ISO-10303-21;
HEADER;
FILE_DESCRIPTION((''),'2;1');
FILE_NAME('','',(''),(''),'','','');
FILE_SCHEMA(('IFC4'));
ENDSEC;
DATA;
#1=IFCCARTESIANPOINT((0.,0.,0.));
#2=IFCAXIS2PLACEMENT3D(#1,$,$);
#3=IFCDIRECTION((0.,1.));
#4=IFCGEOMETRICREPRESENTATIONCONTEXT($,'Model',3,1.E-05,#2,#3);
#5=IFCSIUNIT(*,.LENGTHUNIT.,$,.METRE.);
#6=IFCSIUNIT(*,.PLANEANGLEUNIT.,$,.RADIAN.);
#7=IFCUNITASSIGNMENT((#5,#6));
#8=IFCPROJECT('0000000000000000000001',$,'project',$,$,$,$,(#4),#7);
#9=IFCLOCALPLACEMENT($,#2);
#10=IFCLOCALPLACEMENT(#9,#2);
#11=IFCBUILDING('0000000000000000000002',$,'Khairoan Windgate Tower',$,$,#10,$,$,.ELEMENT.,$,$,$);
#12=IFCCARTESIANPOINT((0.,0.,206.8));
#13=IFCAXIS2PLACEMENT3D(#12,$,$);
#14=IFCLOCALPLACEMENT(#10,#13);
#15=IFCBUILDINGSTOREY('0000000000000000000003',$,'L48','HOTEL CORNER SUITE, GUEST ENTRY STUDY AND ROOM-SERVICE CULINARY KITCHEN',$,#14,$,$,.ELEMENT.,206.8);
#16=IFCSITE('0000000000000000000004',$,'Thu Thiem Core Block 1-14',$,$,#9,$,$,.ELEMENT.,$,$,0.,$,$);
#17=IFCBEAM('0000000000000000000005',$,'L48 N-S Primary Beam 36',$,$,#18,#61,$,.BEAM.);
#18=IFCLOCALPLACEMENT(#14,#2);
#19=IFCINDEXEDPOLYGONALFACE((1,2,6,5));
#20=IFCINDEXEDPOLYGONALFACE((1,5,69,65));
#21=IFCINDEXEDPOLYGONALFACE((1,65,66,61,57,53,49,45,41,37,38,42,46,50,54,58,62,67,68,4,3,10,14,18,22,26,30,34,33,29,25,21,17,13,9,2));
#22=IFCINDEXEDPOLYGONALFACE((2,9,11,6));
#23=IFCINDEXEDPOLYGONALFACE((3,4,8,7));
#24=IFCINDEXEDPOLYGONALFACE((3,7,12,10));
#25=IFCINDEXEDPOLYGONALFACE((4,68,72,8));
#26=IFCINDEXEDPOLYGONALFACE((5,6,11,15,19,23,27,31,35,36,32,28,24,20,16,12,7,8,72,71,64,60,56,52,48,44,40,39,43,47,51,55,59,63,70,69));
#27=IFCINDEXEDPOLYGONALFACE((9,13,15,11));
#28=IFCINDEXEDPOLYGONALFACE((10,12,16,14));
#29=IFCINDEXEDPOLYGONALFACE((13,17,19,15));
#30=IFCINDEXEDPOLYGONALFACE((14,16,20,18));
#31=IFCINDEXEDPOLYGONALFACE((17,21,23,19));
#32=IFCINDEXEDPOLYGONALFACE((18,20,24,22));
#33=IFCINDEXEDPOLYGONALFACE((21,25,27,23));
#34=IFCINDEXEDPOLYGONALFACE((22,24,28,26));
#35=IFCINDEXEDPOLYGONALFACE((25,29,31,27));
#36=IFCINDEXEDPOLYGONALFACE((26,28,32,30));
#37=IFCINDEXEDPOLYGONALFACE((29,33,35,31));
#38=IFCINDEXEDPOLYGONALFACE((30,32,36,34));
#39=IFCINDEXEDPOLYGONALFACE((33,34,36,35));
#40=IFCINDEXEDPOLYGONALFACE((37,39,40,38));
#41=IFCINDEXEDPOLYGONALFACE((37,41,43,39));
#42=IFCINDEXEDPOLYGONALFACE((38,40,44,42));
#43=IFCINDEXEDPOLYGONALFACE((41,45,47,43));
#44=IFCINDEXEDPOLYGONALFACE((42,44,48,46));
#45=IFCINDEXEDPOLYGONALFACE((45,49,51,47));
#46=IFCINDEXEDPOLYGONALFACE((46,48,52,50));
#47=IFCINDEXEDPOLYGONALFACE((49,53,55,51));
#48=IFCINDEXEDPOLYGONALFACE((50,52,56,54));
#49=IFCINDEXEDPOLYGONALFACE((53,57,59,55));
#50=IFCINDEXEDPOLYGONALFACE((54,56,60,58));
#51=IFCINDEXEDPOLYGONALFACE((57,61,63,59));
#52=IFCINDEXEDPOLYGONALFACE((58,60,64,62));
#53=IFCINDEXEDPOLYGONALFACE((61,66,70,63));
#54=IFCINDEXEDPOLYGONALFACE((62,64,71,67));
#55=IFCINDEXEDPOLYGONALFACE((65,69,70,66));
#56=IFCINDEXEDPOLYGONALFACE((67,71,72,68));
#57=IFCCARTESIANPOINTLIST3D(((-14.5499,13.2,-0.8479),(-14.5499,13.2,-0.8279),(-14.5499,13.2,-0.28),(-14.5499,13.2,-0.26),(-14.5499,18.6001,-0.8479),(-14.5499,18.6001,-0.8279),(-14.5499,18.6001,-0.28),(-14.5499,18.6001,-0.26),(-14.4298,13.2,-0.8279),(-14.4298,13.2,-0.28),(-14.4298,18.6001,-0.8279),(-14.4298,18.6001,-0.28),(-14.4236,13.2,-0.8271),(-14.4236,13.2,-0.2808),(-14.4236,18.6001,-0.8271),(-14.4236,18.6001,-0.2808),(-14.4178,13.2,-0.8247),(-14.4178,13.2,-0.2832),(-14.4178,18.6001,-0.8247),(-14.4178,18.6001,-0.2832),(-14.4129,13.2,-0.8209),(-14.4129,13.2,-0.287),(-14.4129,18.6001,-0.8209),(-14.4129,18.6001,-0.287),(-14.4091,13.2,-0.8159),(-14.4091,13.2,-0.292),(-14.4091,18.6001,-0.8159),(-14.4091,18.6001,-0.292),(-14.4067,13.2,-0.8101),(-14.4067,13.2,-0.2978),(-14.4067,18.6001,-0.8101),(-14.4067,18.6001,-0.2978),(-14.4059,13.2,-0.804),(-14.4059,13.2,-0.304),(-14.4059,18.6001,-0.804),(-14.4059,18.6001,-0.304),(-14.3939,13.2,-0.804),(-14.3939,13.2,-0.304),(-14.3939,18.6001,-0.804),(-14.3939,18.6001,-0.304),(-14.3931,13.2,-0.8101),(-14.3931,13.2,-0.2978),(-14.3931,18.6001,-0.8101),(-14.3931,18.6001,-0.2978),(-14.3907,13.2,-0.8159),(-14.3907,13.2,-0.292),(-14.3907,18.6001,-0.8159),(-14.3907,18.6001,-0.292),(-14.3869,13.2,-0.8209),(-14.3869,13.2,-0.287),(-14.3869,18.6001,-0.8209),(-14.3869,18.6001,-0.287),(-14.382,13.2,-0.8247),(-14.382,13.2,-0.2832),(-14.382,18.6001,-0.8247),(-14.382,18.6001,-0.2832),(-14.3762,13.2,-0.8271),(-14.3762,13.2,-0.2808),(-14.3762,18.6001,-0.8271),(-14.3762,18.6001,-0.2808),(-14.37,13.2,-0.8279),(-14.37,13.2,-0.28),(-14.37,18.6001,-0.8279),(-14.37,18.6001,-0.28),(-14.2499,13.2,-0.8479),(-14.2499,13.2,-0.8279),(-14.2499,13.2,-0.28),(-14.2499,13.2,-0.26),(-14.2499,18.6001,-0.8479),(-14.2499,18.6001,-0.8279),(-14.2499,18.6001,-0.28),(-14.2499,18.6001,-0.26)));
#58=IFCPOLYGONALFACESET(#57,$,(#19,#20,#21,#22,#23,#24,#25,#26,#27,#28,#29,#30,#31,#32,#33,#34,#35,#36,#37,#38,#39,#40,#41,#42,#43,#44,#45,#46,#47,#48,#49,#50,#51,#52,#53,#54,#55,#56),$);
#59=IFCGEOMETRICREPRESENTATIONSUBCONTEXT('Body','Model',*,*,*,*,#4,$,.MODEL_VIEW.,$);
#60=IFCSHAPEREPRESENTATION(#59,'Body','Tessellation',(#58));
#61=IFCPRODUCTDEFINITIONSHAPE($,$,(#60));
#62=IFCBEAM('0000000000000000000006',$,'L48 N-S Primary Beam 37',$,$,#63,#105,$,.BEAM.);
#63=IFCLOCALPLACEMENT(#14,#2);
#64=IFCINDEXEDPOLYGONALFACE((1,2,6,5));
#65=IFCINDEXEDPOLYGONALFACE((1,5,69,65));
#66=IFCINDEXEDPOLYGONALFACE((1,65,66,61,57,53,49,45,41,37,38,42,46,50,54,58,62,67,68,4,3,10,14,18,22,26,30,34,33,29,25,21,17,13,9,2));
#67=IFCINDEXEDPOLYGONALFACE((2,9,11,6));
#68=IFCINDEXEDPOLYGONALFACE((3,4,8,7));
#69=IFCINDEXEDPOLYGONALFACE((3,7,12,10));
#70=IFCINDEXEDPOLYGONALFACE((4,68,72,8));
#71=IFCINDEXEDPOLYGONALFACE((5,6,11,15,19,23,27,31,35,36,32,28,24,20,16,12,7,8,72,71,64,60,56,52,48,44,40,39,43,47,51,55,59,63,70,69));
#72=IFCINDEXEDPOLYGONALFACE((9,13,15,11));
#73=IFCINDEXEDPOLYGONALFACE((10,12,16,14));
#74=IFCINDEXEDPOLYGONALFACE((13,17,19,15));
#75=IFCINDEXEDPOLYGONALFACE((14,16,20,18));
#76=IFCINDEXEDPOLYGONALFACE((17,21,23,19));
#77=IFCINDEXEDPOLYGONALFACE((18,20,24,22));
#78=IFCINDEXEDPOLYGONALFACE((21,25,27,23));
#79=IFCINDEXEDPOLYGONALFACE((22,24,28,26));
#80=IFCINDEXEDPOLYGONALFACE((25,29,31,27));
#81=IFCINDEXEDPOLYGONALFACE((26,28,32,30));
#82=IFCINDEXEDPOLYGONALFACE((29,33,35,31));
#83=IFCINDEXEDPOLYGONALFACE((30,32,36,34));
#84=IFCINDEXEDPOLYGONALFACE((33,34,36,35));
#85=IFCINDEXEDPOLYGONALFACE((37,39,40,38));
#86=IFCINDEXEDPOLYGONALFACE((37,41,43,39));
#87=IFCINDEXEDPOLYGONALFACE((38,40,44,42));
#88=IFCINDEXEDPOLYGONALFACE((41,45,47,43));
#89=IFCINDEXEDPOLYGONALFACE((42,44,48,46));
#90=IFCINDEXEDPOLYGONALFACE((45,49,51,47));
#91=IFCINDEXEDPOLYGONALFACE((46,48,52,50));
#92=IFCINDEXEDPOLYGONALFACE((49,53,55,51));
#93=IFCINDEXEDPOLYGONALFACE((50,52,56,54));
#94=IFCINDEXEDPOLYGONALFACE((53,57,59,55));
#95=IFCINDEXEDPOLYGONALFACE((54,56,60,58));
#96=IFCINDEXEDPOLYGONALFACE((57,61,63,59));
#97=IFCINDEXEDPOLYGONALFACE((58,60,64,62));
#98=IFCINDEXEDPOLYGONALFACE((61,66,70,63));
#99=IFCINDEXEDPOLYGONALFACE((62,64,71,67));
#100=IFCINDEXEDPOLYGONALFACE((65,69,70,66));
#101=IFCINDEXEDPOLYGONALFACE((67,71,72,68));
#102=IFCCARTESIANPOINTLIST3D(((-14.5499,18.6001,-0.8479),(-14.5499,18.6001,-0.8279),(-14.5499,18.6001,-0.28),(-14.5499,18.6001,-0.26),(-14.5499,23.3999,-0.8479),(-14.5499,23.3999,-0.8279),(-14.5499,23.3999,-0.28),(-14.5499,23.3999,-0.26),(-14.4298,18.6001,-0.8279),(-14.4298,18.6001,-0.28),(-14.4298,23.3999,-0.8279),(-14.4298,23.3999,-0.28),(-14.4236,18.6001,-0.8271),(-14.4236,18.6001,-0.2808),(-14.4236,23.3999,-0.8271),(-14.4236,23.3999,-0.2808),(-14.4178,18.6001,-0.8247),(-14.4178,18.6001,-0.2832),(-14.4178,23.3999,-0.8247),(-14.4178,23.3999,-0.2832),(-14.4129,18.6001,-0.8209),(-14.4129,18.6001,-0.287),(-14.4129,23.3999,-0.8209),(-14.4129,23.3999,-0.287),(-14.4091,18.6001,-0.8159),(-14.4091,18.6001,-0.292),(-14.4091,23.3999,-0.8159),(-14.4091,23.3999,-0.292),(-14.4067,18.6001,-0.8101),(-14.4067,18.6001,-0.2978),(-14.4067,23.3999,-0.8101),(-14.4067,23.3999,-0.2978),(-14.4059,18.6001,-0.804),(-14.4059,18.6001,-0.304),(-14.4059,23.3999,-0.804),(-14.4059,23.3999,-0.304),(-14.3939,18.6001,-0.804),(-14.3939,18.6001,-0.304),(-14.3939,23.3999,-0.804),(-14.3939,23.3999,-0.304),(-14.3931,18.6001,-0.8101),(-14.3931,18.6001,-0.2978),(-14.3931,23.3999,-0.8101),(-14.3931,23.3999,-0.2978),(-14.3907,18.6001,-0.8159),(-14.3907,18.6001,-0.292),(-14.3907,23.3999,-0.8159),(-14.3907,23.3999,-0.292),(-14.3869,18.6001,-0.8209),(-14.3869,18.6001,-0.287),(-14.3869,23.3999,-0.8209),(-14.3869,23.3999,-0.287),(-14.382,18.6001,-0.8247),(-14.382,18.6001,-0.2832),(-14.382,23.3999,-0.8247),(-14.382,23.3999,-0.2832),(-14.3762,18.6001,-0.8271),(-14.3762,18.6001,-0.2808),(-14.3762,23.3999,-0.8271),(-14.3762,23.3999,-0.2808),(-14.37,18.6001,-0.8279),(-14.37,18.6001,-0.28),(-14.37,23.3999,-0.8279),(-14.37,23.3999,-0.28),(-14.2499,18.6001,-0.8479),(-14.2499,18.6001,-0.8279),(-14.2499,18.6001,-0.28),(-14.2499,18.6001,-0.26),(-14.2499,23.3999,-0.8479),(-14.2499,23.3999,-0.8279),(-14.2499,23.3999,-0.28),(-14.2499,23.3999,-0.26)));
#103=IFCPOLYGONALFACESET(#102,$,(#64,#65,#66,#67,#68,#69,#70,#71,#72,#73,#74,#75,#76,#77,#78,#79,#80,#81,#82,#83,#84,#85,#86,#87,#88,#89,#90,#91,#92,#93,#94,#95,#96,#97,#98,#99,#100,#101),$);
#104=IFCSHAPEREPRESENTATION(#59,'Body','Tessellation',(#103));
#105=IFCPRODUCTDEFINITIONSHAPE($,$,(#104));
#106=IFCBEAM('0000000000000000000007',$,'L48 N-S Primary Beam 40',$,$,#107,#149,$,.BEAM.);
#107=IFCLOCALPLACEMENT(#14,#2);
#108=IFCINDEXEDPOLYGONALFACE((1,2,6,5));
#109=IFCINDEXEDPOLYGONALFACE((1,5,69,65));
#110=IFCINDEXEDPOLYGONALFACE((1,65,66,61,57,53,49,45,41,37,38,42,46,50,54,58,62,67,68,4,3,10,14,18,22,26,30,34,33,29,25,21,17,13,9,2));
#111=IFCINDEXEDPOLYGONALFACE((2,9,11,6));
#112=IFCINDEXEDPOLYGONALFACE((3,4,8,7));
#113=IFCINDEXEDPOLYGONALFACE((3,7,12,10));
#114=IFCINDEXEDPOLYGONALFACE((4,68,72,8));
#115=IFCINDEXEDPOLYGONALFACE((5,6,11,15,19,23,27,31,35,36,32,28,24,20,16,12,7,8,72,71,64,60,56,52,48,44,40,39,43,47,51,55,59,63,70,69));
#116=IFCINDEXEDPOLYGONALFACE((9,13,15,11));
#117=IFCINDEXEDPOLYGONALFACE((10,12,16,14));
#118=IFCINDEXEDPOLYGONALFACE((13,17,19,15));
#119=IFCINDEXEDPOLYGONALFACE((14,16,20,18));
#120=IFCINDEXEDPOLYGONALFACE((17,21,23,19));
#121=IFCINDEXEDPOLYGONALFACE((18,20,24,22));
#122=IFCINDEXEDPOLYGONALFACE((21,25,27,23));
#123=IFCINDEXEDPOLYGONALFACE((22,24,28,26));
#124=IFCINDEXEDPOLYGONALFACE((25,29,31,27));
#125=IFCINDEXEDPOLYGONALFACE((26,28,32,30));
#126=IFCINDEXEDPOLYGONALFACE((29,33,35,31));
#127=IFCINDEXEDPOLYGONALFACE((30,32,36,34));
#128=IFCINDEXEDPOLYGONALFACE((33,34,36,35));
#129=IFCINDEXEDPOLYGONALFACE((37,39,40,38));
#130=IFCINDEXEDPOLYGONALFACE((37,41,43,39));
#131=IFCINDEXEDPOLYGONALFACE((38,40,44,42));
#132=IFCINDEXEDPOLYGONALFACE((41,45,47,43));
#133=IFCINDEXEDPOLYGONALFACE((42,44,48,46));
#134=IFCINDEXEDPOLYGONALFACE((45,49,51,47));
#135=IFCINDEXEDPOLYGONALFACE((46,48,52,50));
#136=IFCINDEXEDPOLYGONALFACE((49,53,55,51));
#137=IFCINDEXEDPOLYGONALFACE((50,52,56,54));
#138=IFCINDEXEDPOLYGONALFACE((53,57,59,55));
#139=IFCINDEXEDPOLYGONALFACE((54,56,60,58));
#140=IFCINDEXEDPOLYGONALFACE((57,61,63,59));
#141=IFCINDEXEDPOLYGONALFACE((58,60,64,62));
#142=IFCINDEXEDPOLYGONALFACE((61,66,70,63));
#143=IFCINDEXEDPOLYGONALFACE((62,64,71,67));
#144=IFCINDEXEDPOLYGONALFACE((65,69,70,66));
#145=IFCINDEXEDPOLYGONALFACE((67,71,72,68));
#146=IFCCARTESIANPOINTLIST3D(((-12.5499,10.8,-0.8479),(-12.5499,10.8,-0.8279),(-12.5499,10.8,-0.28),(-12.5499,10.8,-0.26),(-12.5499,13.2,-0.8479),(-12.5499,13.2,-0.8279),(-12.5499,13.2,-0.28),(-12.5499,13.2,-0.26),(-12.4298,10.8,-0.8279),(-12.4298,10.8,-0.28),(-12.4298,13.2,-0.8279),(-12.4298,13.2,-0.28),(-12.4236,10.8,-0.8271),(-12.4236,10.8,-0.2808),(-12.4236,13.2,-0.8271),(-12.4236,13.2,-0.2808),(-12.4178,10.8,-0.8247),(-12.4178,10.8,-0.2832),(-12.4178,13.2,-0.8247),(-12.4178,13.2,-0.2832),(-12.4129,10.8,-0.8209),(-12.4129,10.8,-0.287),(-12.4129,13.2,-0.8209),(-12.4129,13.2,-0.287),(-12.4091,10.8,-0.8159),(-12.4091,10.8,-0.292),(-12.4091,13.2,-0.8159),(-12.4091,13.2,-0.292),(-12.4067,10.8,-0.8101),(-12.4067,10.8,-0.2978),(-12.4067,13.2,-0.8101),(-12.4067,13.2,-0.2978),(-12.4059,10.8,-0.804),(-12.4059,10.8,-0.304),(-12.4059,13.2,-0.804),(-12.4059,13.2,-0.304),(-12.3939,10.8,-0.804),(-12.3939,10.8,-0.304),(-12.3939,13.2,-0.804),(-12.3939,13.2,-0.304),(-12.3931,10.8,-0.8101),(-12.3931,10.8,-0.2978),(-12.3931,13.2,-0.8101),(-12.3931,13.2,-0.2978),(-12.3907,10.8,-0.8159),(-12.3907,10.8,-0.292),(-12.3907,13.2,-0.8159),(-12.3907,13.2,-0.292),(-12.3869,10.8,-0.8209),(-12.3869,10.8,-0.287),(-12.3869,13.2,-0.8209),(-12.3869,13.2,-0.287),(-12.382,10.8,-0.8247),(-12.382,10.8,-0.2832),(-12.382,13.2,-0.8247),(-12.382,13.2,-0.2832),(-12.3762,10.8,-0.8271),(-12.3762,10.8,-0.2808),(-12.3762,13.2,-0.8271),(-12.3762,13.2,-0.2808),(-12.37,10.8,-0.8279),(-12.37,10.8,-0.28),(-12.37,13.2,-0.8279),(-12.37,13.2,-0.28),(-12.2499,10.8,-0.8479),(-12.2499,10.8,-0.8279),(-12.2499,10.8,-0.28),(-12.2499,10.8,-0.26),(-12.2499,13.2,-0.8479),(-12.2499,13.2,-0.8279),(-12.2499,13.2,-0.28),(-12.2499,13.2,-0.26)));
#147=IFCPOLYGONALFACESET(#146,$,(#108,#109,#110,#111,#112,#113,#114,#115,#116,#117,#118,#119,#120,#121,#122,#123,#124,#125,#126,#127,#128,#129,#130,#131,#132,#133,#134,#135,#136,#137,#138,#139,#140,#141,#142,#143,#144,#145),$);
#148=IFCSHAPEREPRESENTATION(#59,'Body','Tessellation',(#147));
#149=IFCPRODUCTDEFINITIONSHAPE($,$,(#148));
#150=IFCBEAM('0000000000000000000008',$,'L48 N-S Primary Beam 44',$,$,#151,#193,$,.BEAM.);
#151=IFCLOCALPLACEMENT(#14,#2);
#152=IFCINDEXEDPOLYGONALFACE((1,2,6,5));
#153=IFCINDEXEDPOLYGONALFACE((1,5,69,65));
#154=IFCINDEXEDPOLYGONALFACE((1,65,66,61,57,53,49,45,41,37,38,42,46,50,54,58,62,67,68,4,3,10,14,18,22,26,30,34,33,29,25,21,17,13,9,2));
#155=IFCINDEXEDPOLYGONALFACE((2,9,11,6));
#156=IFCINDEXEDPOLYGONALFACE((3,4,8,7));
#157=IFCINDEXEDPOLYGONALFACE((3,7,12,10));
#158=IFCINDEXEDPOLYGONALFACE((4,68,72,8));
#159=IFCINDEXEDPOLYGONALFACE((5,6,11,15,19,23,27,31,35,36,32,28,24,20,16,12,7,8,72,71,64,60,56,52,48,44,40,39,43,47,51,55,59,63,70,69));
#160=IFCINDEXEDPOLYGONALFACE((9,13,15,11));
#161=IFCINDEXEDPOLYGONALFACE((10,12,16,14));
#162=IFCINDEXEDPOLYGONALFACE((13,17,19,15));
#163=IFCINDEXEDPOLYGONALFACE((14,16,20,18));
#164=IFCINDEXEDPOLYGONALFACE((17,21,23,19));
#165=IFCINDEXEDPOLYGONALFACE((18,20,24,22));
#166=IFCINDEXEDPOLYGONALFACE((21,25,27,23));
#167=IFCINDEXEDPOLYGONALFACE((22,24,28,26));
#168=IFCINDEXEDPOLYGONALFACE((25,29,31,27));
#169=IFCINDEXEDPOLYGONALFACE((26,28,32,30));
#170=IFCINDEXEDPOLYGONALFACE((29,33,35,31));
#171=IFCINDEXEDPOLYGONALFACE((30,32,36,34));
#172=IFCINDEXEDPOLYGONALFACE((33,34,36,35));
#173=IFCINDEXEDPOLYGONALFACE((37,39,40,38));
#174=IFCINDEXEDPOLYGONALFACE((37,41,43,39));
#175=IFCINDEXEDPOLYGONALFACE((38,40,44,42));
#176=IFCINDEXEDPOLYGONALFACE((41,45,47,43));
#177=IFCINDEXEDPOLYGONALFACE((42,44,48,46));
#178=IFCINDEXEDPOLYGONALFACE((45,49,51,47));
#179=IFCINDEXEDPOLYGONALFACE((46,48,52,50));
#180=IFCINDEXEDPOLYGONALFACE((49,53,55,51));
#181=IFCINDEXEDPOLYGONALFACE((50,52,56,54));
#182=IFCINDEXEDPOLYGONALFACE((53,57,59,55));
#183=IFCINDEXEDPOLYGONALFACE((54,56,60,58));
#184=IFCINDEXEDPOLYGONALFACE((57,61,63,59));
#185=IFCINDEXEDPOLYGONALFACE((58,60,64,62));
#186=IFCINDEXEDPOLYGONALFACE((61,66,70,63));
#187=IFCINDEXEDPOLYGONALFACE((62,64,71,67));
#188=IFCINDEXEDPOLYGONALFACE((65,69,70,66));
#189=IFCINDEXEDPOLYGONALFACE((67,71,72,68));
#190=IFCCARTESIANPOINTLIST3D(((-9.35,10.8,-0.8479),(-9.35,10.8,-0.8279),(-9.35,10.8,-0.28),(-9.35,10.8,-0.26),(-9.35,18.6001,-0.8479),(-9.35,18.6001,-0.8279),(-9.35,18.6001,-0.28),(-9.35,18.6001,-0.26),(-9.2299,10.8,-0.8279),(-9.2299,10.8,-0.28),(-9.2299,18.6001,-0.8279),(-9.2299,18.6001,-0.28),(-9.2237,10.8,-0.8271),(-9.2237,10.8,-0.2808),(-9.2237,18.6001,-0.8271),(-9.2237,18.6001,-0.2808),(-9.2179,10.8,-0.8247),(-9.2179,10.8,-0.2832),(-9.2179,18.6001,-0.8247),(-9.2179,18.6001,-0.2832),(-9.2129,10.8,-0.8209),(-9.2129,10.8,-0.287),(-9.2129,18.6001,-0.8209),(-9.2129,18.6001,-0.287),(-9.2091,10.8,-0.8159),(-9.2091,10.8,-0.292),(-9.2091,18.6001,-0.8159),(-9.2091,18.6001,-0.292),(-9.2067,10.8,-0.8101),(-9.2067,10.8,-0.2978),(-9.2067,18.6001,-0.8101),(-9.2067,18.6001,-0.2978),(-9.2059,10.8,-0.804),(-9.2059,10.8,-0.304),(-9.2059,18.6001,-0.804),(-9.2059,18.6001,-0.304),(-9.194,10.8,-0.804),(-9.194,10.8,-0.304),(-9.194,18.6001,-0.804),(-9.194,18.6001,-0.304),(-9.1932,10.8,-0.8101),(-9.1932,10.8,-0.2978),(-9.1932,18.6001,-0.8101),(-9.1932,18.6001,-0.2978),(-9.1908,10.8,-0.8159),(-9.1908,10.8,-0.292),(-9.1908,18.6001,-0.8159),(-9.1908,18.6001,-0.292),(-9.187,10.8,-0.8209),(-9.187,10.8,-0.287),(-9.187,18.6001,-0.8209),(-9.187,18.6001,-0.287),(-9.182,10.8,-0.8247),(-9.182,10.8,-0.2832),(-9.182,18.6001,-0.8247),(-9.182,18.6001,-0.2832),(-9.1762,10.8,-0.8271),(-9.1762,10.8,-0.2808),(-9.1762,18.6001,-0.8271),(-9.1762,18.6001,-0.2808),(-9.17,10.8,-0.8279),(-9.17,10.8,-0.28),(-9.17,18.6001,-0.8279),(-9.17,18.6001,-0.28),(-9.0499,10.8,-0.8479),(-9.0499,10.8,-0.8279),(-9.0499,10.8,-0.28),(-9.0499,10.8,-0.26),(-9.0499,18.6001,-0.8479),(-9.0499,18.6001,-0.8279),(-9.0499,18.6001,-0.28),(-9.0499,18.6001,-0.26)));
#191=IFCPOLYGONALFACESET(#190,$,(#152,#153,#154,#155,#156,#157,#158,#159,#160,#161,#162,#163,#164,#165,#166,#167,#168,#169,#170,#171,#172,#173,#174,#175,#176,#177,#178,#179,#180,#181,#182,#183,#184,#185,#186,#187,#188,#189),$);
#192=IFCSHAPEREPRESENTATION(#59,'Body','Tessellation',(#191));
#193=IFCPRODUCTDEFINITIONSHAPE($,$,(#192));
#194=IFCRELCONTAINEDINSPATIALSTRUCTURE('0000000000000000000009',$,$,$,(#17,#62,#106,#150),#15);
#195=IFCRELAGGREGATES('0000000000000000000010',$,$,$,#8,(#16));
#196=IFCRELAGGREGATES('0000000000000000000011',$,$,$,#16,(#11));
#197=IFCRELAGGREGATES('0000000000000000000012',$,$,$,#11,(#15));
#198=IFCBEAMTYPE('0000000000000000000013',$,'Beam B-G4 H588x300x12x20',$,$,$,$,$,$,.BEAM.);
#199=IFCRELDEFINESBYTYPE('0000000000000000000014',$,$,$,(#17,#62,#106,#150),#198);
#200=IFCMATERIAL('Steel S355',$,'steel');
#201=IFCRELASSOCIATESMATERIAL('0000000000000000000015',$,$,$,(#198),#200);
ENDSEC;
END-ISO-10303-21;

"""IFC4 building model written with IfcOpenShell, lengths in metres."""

from ifc_helpers import new_model, si_unit, direction, frame, origin, origin_2d, place, context, subcontext, project, spatial, i_section, extrude, material, material_profile, profile_set, type_object, element, save


model = new_model("IFC4")

# Units and contexts
model_context = context("Model", 3, precision=1e-05, world=origin(), true_north=direction((0.0, 1.0)))
body_context = subcontext(model_context, "Body", "Model", "MODEL_VIEW")
ifc_project = project(units=[si_unit("LENGTHUNIT", "METRE"), si_unit("PLANEANGLEUNIT", "RADIAN")], contexts=[model_context])

# Site, building, storey
site_placement = place(None, origin())
site = spatial("IfcSite", under=ifc_project, at=site_placement, Name="Thu Thiem Core Block 1-14", CompositionType="ELEMENT", RefElevation=0.0)
building_placement = place(site_placement, origin())
building = spatial("IfcBuilding", under=site, at=building_placement, Name="Khairoan Windgate Tower", CompositionType="ELEMENT")
storey_placement = place(building_placement, frame((0.0, 0.0, 206.8)))
storey = spatial("IfcBuildingStorey", under=building, at=storey_placement, Name="L48", Description="HOTEL CORNER SUITE, GUEST ENTRY STUDY AND ROOM-SERVICE CULINARY KITCHEN", CompositionType="ELEMENT", Elevation=206.8)

# Beams
ifc_material_1 = material(Name="Steel S355", Category="steel")
ifc_material_profile_1 = material_profile(ifc_material_1, i_section(OverallWidth=0.3, OverallDepth=0.5879, WebThickness=0.012, FlangeThickness=0.02, FilletRadius=0.0239, at=origin_2d()))
ifc_profile_set_1 = profile_set([ifc_material_profile_1], Name="Steel S355")
beam_type_1 = type_object("IfcBeamType", Name="Beam B-G4 H588x300x12x20", PredefinedType="BEAM", material=ifc_profile_set_1)
beam_1_placement = place(storey_placement, frame((-14.3999, 13.2, -0.554), z_axis=(0.0, 1.0, 0.0), x_axis=(-1.0, 0.0, 0.0)))
element("IfcBeam", 1, at=beam_1_placement, inside=storey, type_object=beam_type_1, Name="L48 N-S Primary Beam 36", PredefinedType="BEAM", context=body_context, shape_type="SweptSolid", body=[
    extrude(i_section(OverallWidth=0.3, OverallDepth=0.5879, WebThickness=0.012, FlangeThickness=0.02, FilletRadius=0.0239, at=origin_2d()), origin(), (0.0, 0.0, 1.0), 5.4001),
])
beam_2_placement = place(storey_placement, frame((-14.3999, 18.6001, -0.554), z_axis=(0.0, 1.0, 0.0), x_axis=(-1.0, 0.0, 0.0)))
element("IfcBeam", 2, at=beam_2_placement, inside=storey, type_object=beam_type_1, Name="L48 N-S Primary Beam 37", PredefinedType="BEAM", context=body_context, shape_type="SweptSolid", body=[
    extrude(i_section(OverallWidth=0.3, OverallDepth=0.5879, WebThickness=0.012, FlangeThickness=0.02, FilletRadius=0.0239, at=origin_2d()), origin(), (0.0, 0.0, 1.0), 4.7998),
])
beam_3_placement = place(storey_placement, frame((-12.3999, 10.8, -0.554), z_axis=(0.0, 1.0, 0.0), x_axis=(-1.0, 0.0, 0.0)))
element("IfcBeam", 3, at=beam_3_placement, inside=storey, type_object=beam_type_1, Name="L48 N-S Primary Beam 40", PredefinedType="BEAM", context=body_context, shape_type="SweptSolid", body=[
    extrude(i_section(OverallWidth=0.3, OverallDepth=0.5879, WebThickness=0.012, FlangeThickness=0.02, FilletRadius=0.0239, at=origin_2d()), origin(), (0.0, 0.0, 1.0), 2.3999),
])
beam_4_placement = place(storey_placement, frame((-9.2, 10.8, -0.554), z_axis=(0.0, 1.0, 0.0), x_axis=(-1.0, 0.0, 0.0)))
element("IfcBeam", 4, at=beam_4_placement, inside=storey, type_object=beam_type_1, Name="L48 N-S Primary Beam 44", PredefinedType="BEAM", context=body_context, shape_type="SweptSolid", body=[
    extrude(i_section(OverallWidth=0.3, OverallDepth=0.5879, WebThickness=0.012, FlangeThickness=0.02, FilletRadius=0.0239, at=origin_2d()), origin(), (0.0, 0.0, 1.0), 7.8),
])

save(model, "model.ifc")
